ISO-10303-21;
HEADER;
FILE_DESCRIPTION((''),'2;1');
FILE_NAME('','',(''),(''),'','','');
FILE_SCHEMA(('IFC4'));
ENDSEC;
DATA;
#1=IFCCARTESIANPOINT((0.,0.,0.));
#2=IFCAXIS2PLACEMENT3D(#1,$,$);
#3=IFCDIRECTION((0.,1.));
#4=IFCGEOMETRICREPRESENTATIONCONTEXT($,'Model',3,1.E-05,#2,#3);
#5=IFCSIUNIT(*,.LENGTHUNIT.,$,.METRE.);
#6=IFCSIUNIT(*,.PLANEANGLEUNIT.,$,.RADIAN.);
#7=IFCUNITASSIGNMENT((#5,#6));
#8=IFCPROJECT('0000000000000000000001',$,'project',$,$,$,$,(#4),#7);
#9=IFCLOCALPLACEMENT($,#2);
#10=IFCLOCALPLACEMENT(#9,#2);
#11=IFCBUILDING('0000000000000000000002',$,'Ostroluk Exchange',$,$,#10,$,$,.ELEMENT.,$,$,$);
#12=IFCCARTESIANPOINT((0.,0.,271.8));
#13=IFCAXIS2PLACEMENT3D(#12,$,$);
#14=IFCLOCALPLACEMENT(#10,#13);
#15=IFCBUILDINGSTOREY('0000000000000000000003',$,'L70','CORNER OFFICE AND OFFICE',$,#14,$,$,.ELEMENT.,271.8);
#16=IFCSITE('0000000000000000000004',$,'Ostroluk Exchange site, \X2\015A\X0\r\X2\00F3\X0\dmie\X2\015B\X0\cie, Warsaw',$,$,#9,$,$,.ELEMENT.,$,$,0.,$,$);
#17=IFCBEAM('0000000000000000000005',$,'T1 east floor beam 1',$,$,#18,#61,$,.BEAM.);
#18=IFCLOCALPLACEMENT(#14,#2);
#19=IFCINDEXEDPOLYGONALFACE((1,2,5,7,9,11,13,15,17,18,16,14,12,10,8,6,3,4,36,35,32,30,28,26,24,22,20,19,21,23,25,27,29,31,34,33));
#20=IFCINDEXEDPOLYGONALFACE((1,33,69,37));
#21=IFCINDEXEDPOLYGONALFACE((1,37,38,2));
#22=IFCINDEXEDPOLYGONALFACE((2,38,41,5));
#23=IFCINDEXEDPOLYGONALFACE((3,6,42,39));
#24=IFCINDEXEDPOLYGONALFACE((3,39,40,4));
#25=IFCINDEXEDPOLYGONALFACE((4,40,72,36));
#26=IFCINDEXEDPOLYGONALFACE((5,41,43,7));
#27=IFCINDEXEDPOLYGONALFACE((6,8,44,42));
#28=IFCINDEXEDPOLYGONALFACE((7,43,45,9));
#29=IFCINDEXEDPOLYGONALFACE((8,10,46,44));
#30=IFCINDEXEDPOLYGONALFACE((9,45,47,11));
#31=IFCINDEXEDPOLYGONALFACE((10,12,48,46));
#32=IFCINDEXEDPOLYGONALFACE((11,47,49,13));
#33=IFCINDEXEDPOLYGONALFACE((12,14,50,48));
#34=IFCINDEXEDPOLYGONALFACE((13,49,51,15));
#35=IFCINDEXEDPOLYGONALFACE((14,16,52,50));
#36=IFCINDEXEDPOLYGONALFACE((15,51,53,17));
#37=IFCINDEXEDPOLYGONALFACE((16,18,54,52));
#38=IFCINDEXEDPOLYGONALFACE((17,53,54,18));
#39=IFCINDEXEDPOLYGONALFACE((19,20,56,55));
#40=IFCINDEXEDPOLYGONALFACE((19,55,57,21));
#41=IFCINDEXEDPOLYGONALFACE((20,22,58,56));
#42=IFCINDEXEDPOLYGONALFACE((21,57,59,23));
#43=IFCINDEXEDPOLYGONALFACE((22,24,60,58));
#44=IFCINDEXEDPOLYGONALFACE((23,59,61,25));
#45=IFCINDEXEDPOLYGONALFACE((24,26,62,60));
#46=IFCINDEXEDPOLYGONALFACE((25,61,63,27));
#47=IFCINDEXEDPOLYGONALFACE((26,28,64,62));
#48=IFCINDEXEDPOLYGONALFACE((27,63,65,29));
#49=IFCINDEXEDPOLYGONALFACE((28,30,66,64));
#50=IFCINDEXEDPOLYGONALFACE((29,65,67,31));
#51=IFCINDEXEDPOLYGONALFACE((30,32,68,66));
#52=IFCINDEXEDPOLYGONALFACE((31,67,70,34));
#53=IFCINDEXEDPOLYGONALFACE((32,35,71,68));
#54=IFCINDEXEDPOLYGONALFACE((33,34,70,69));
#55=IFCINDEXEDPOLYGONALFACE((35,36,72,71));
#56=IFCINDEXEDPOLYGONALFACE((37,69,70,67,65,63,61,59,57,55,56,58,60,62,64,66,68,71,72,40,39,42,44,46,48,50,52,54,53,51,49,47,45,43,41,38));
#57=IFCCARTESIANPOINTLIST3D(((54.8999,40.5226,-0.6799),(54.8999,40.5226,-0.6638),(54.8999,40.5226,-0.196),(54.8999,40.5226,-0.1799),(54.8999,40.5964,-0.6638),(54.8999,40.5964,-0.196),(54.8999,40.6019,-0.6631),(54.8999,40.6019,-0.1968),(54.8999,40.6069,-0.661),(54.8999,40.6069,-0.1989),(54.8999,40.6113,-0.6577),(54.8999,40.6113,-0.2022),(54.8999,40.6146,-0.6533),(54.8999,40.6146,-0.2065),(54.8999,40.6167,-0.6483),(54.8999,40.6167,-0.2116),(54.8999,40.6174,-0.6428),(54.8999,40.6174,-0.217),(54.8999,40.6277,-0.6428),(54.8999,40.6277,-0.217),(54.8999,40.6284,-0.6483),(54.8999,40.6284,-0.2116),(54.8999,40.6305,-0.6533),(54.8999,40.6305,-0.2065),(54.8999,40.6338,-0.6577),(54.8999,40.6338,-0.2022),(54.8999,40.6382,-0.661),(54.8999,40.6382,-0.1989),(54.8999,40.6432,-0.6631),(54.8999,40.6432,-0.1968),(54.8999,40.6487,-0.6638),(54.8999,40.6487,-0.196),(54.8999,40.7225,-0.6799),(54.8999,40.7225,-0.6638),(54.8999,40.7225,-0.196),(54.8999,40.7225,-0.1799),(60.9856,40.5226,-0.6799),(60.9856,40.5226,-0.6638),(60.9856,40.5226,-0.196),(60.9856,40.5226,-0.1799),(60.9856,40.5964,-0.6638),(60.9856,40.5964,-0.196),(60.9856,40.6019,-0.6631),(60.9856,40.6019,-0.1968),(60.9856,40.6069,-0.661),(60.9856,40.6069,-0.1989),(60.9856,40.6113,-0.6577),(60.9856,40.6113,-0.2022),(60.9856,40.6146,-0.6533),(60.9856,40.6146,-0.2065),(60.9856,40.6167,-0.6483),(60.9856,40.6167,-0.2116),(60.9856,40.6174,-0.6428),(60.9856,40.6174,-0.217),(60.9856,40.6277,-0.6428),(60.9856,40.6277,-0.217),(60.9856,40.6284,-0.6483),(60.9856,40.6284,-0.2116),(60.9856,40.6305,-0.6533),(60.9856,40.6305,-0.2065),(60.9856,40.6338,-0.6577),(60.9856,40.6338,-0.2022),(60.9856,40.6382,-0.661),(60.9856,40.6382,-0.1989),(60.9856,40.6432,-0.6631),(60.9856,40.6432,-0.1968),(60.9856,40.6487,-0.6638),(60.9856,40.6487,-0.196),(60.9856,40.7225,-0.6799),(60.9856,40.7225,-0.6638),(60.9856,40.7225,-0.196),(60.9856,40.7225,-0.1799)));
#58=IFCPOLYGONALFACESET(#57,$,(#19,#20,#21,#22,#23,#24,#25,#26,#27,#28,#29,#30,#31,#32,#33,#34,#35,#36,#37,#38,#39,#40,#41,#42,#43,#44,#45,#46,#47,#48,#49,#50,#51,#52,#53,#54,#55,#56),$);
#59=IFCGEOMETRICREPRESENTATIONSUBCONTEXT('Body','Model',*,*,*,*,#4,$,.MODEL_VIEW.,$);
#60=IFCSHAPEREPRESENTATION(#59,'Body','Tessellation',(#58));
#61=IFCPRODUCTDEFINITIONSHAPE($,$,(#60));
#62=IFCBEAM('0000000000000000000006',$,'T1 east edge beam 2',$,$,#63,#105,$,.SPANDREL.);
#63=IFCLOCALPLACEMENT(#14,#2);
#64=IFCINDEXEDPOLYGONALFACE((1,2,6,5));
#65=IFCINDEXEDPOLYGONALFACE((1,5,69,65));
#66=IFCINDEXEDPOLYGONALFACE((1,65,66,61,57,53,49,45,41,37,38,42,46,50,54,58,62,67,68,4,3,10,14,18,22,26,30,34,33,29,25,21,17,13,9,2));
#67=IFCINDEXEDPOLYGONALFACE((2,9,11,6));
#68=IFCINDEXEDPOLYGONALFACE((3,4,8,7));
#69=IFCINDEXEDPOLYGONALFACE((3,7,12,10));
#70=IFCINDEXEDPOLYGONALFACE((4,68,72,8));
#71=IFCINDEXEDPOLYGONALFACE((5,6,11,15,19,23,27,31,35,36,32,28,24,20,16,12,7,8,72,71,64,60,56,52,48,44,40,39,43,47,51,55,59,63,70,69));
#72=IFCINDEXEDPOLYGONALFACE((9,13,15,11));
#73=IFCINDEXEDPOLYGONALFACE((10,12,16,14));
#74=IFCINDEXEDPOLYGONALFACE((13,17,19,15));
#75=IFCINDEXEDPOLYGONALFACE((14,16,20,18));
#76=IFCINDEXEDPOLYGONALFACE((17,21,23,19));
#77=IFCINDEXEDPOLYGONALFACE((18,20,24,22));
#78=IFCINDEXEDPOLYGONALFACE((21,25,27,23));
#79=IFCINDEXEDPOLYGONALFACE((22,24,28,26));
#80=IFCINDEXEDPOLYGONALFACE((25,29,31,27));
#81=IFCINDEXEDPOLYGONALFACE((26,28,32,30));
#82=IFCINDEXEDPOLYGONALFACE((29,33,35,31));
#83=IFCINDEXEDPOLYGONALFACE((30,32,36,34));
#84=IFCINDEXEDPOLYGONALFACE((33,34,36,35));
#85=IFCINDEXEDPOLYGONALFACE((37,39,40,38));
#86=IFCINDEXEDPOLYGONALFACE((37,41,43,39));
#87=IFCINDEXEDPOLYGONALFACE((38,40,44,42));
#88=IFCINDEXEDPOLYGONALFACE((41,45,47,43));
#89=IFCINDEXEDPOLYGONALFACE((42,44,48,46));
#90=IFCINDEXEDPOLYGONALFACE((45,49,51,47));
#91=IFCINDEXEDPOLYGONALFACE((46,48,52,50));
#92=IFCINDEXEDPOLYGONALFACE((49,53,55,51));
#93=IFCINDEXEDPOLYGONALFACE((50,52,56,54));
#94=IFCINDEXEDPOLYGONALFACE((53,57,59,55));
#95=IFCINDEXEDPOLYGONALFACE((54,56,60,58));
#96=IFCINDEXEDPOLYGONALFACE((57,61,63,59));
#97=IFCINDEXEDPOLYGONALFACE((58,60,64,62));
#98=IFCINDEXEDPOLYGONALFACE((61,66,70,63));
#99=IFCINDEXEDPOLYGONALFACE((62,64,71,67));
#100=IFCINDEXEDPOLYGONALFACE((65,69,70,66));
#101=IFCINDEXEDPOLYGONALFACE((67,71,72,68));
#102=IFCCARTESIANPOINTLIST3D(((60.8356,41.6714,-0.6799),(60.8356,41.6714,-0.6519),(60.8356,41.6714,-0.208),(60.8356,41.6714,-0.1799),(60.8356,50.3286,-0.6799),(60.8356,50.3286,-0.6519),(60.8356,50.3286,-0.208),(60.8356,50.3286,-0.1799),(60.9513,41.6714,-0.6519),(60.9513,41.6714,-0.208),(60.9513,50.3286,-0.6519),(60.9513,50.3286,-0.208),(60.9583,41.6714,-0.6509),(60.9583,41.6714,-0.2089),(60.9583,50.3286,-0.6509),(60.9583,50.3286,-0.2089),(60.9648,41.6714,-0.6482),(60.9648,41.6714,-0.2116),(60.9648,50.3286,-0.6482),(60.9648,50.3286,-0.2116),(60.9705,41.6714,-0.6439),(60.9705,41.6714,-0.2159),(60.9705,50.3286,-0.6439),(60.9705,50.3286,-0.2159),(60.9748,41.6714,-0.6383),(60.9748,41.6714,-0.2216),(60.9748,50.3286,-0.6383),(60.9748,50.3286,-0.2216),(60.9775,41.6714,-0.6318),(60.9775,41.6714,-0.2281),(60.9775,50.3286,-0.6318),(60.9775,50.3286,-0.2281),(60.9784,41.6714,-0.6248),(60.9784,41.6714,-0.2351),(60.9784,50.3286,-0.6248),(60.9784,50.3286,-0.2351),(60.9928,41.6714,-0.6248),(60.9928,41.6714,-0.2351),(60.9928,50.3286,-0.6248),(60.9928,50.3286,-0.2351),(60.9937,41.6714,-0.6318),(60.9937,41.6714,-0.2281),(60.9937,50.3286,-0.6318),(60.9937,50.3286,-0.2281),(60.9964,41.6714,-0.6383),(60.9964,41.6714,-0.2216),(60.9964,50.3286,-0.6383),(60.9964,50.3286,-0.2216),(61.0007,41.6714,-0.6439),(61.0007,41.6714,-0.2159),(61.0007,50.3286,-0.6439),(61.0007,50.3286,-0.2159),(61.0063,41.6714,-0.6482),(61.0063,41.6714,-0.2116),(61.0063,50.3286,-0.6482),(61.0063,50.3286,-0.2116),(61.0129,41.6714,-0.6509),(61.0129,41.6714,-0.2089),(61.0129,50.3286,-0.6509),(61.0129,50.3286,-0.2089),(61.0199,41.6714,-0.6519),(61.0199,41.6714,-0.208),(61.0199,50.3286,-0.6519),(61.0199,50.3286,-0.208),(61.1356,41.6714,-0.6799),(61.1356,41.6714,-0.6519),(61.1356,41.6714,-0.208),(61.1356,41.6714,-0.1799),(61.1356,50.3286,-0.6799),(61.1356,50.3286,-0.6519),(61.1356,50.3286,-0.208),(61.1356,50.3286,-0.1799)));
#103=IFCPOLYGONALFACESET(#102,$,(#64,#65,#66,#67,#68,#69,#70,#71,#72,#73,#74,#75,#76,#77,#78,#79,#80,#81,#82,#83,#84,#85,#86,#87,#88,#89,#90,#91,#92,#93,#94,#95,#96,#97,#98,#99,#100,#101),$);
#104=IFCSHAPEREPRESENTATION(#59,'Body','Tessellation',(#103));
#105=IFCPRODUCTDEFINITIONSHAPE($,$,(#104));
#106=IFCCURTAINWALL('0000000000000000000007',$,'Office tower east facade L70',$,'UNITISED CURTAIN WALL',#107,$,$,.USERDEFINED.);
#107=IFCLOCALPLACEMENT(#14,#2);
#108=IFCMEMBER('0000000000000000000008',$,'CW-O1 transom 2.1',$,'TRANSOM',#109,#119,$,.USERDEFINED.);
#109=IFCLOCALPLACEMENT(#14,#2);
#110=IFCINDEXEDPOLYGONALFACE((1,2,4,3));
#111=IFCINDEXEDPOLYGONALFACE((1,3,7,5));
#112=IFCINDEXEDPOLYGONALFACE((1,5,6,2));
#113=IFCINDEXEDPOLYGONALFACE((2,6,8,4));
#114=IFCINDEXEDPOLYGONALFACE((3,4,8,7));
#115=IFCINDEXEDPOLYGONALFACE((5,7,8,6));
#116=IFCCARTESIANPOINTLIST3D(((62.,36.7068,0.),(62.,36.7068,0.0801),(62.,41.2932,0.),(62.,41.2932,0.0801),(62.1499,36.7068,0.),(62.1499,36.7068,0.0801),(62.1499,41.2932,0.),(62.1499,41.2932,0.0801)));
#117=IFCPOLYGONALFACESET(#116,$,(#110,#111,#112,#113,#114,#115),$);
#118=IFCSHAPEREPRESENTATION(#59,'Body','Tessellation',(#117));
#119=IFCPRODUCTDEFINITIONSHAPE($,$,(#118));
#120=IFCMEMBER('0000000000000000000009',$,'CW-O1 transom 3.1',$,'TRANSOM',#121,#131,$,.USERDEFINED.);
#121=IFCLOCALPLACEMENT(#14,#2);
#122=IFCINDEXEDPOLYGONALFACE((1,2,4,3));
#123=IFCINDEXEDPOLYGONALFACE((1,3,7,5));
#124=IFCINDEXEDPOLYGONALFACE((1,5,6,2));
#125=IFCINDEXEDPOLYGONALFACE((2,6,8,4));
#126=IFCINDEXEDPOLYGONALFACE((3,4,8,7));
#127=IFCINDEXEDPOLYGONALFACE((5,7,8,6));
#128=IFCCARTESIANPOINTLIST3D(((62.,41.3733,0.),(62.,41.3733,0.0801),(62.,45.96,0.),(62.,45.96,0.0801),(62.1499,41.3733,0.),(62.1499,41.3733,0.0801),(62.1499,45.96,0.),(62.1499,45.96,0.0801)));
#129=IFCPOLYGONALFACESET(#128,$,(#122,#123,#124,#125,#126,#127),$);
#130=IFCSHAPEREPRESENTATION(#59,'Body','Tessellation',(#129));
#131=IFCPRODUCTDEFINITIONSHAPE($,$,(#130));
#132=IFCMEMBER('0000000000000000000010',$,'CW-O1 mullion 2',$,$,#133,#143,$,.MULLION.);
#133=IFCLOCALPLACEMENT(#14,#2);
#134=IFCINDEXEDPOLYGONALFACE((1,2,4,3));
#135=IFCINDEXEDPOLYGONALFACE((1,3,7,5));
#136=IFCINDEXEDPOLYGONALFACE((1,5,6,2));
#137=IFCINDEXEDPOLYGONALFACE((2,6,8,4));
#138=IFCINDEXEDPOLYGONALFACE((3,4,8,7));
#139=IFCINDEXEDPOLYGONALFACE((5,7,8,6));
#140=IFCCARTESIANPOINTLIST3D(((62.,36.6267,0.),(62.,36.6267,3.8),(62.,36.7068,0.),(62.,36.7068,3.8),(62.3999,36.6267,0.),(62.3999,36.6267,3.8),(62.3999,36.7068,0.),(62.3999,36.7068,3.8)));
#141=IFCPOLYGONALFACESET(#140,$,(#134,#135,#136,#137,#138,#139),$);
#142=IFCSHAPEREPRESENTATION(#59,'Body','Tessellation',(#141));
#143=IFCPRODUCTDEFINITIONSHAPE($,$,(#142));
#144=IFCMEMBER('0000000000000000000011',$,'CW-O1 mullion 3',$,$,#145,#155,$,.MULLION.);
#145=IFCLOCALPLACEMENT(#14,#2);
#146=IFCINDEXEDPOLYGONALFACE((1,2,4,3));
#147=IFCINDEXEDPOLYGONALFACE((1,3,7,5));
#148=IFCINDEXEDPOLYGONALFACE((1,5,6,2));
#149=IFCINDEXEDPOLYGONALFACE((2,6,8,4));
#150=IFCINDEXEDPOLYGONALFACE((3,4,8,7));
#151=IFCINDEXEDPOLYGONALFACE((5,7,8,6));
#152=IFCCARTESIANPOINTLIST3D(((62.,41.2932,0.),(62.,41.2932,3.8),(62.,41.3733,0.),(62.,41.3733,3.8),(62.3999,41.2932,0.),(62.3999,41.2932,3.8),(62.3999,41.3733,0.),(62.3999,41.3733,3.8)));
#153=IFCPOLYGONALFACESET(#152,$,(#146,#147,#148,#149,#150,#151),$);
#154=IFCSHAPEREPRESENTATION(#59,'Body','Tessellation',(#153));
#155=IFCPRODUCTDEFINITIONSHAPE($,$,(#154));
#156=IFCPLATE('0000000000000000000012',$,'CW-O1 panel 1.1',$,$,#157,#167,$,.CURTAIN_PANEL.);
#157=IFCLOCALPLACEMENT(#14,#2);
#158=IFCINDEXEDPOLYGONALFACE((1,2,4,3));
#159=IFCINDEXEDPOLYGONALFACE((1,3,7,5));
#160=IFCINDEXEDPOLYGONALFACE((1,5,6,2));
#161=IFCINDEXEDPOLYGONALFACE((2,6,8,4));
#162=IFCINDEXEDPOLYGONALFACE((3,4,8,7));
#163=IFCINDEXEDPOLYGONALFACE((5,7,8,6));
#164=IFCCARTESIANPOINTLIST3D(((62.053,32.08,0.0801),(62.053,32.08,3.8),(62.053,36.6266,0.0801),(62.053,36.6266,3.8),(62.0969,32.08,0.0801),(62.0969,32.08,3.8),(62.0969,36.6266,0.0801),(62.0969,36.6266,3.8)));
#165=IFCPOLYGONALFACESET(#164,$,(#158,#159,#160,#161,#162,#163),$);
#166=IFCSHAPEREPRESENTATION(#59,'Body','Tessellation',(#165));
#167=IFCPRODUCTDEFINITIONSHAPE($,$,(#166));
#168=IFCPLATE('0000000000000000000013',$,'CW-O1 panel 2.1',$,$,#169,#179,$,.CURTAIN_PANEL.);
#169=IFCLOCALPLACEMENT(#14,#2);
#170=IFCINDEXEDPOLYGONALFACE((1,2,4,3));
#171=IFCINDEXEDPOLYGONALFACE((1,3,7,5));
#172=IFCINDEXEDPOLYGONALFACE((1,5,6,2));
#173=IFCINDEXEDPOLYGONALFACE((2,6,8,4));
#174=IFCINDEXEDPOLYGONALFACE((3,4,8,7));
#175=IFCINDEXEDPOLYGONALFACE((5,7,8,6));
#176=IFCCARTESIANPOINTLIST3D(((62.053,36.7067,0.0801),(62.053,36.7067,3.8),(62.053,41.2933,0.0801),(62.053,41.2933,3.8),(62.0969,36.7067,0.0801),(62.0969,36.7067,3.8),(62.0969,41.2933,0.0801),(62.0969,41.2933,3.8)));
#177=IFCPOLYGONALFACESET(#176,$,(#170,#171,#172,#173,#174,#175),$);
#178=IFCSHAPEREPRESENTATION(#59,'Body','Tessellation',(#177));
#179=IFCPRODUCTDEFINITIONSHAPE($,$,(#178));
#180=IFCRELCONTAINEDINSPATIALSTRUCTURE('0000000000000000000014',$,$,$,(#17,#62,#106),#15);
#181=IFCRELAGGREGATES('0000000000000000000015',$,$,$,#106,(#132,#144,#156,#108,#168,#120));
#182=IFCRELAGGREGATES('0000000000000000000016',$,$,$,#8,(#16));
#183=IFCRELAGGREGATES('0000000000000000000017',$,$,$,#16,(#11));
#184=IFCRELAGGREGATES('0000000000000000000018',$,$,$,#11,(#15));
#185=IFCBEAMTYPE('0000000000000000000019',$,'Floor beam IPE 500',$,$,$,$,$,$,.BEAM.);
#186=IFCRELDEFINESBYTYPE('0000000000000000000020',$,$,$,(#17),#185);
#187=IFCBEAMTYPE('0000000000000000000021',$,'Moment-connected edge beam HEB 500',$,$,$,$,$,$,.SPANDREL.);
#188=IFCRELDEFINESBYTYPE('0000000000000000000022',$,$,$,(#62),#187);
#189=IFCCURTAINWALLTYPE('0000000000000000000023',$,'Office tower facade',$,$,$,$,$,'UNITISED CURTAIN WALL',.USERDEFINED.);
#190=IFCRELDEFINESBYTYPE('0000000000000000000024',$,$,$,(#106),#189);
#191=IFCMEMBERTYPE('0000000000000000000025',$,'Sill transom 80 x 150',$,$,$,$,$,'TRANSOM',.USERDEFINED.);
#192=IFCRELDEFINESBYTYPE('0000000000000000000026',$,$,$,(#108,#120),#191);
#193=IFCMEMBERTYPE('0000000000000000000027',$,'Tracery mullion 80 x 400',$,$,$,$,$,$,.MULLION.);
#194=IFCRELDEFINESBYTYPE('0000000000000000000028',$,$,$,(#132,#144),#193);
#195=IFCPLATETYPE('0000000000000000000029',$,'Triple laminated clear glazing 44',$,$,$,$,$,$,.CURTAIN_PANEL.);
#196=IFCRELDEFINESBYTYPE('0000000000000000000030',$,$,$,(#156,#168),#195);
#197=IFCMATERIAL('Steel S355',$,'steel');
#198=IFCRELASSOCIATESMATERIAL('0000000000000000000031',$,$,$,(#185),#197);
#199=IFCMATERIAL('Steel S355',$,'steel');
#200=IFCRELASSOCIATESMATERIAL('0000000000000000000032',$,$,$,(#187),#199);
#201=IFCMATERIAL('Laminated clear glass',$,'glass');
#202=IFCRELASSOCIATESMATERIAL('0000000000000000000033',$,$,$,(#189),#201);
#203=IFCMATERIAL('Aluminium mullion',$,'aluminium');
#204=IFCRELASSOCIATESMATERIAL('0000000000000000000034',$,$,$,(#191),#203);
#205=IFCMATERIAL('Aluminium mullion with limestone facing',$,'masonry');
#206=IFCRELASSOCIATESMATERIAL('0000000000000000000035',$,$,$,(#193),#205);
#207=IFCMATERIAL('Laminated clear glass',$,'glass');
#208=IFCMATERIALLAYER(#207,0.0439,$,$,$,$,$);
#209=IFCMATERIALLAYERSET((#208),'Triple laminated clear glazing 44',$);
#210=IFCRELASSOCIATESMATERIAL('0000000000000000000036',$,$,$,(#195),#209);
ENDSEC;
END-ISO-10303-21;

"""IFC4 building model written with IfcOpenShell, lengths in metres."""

from ifc_helpers import new_model, si_unit, direction, frame, origin, origin_2d, place, context, subcontext, project, spatial, rectangle, i_section, extrude, material, layer, layer_set, material_profile, profile_set, type_object, element, aggregate, save


model = new_model("IFC4")

# Units and contexts
model_context = context("Model", 3, precision=1e-05, world=origin(), true_north=direction((0.0, 1.0)))
body_context = subcontext(model_context, "Body", "Model", "MODEL_VIEW")
ifc_project = project(units=[si_unit("LENGTHUNIT", "METRE"), si_unit("PLANEANGLEUNIT", "RADIAN")], contexts=[model_context])

# Site, building, storey
site_placement = place(None, origin())
site = spatial("IfcSite", under=ifc_project, at=site_placement, Name="Ostroluk Exchange site, Śródmieście, Warsaw", CompositionType="ELEMENT", RefElevation=0.0)
building_placement = place(site_placement, origin())
building = spatial("IfcBuilding", under=site, at=building_placement, Name="Ostroluk Exchange", CompositionType="ELEMENT")
storey_placement = place(building_placement, frame((0.0, 0.0, 271.8)))
storey = spatial("IfcBuildingStorey", under=building, at=storey_placement, Name="L70", Description="CORNER OFFICE AND OFFICE", CompositionType="ELEMENT", Elevation=271.8)

# Beams
ifc_material_1 = material(Name="Steel S355", Category="steel")
ifc_material_profile_1 = material_profile(ifc_material_1, i_section(OverallWidth=0.2, OverallDepth=0.5, WebThickness=0.0103, FlangeThickness=0.0161, FilletRadius=0.021, at=origin_2d()), Name="IPE 500")
ifc_profile_set_1 = profile_set([ifc_material_profile_1], Name="Steel S355")
beam_type_1 = type_object("IfcBeamType", Name="Floor beam IPE 500", PredefinedType="BEAM", material=ifc_profile_set_1)
beam_1_placement = place(storey_placement, frame((54.8999, 40.6226, -0.4299), z_axis=(1.0, 0.0, 0.0), x_axis=(0.0, 1.0, 0.0)))
element("IfcBeam", 1, at=beam_1_placement, inside=storey, type_object=beam_type_1, Name="T1 east floor beam 1", PredefinedType="BEAM", context=body_context, shape_type="SweptSolid", body=[
    extrude(i_section(OverallWidth=0.2, OverallDepth=0.5, WebThickness=0.0103, FlangeThickness=0.0161, FilletRadius=0.021, at=origin_2d()), origin(), (0.0, 0.0, 1.0), 6.0857),
])
ifc_material_2 = material(Name="Steel S355", Category="steel")
ifc_material_profile_2 = material_profile(ifc_material_2, i_section(OverallWidth=0.3, OverallDepth=0.5, WebThickness=0.0144, FlangeThickness=0.0281, FilletRadius=0.0271, at=origin_2d()), Name="HEB 500")
ifc_profile_set_2 = profile_set([ifc_material_profile_2], Name="Steel S355")
beam_type_2 = type_object("IfcBeamType", Name="Moment-connected edge beam HEB 500", PredefinedType="SPANDREL", material=ifc_profile_set_2)
beam_2_placement = place(storey_placement, frame((60.9856, 41.6714, -0.4299), z_axis=(0.0, 1.0, 0.0), x_axis=(-1.0, 0.0, 0.0)))
element("IfcBeam", 2, at=beam_2_placement, inside=storey, type_object=beam_type_2, Name="T1 east edge beam 2", PredefinedType="SPANDREL", context=body_context, shape_type="SweptSolid", body=[
    extrude(i_section(OverallWidth=0.3, OverallDepth=0.5, WebThickness=0.0144, FlangeThickness=0.0281, FilletRadius=0.0271, at=origin_2d()), origin(), (0.0, 0.0, 1.0), 8.6572),
])

# Curtain wall, members, plates
ifc_material_3 = material(Name="Laminated clear glass", Category="glass")
curtain_wall_type = type_object("IfcCurtainWallType", Name="Office tower facade", ElementType="UNITISED CURTAIN WALL", PredefinedType="USERDEFINED", material=ifc_material_3)
curtain_wall_placement = place(storey_placement, origin())
curtain_wall = element("IfcCurtainWall", 3, at=curtain_wall_placement, inside=storey, type_object=curtain_wall_type, Name="Office tower east facade L70", ObjectType="UNITISED CURTAIN WALL", PredefinedType="USERDEFINED")
ifc_material_4 = material(Name="Aluminium mullion", Category="aluminium")
ifc_material_profile_3 = material_profile(ifc_material_4, rectangle(XDim=0.1499, YDim=0.0801, at=origin_2d()), Name="Sill transom 80 x 150")
ifc_profile_set_3 = profile_set([ifc_material_profile_3], Name="Aluminium mullion")
member_type_1 = type_object("IfcMemberType", Name="Sill transom 80 x 150", ElementType="TRANSOM", PredefinedType="USERDEFINED", material=ifc_profile_set_3)
member_1_placement = place(storey_placement, frame((62.075, 36.7068, 0.04), z_axis=(0.0, 1.0, 0.0), x_axis=(-1.0, 0.0, 0.0)))
member_1 = element("IfcMember", 4, at=member_1_placement, type_object=member_type_1, Name="CW-O1 transom 2.1", ObjectType="TRANSOM", PredefinedType="USERDEFINED", context=body_context, shape_type="SweptSolid", body=[
    extrude(rectangle(XDim=0.1499, YDim=0.0801, at=origin_2d()), origin(), (0.0, 0.0, 1.0), 4.5864),
])
member_2_placement = place(storey_placement, frame((62.075, 41.3733, 0.04), z_axis=(0.0, 1.0, 0.0), x_axis=(-1.0, 0.0, 0.0)))
member_2 = element("IfcMember", 5, at=member_2_placement, type_object=member_type_1, Name="CW-O1 transom 3.1", ObjectType="TRANSOM", PredefinedType="USERDEFINED", context=body_context, shape_type="SweptSolid", body=[
    extrude(rectangle(XDim=0.1499, YDim=0.0801, at=origin_2d()), origin(), (0.0, 0.0, 1.0), 4.5867),
])
ifc_material_5 = material(Name="Aluminium mullion with limestone facing", Category="masonry")
ifc_material_profile_4 = material_profile(ifc_material_5, rectangle(XDim=0.3999, YDim=0.0801, at=origin_2d()), Name="Tracery mullion 80 x 400")
ifc_profile_set_4 = profile_set([ifc_material_profile_4], Name="Aluminium mullion with limestone facing")
member_type_2 = type_object("IfcMemberType", Name="Tracery mullion 80 x 400", PredefinedType="MULLION", material=ifc_profile_set_4)
member_3_placement = place(storey_placement, frame((62.2, 36.6667, 0.0), z_axis=(0.0, 0.0, 1.0), x_axis=(-1.0, 0.0, 0.0)))
member_3 = element("IfcMember", 6, at=member_3_placement, type_object=member_type_2, Name="CW-O1 mullion 2", PredefinedType="MULLION", context=body_context, shape_type="SweptSolid", body=[
    extrude(rectangle(XDim=0.3999, YDim=0.0801, at=origin_2d()), origin(), (0.0, 0.0, 1.0), 3.8),
])
member_4_placement = place(storey_placement, frame((62.2, 41.3333, 0.0), z_axis=(0.0, 0.0, 1.0), x_axis=(-1.0, 0.0, 0.0)))
member_4 = element("IfcMember", 7, at=member_4_placement, type_object=member_type_2, Name="CW-O1 mullion 3", PredefinedType="MULLION", context=body_context, shape_type="SweptSolid", body=[
    extrude(rectangle(XDim=0.3999, YDim=0.0801, at=origin_2d()), origin(), (0.0, 0.0, 1.0), 3.8),
])
ifc_material_6 = material(Name="Laminated clear glass", Category="glass")
ifc_layer_1 = layer(ifc_material_6, 0.0439)
ifc_layer_set_1 = layer_set([ifc_layer_1], Name="Triple laminated clear glazing 44")
plate_type = type_object("IfcPlateType", Name="Triple laminated clear glazing 44", PredefinedType="CURTAIN_PANEL", material=ifc_layer_set_1)
plate_1_placement = place(storey_placement, frame((62.075, 34.3533, 0.0801), z_axis=(0.0, 0.0, 1.0), x_axis=(0.0, 1.0, 0.0)))
plate_1 = element("IfcPlate", 8, at=plate_1_placement, type_object=plate_type, Name="CW-O1 panel 1.1", PredefinedType="CURTAIN_PANEL", context=body_context, shape_type="SweptSolid", body=[
    extrude(rectangle(XDim=4.5466, YDim=0.0439, at=origin_2d()), origin(), (0.0, 0.0, 1.0), 3.72),
])
plate_2_placement = place(storey_placement, frame((62.075, 39.0, 0.0801), z_axis=(0.0, 0.0, 1.0), x_axis=(0.0, 1.0, 0.0)))
plate_2 = element("IfcPlate", 9, at=plate_2_placement, type_object=plate_type, Name="CW-O1 panel 2.1", PredefinedType="CURTAIN_PANEL", context=body_context, shape_type="SweptSolid", body=[
    extrude(rectangle(XDim=4.5867, YDim=0.0439, at=origin_2d()), origin(), (0.0, 0.0, 1.0), 3.72),
])
aggregate(curtain_wall, [member_3, member_4, plate_1, member_1, plate_2, member_2])

save(model, "model.ifc")
